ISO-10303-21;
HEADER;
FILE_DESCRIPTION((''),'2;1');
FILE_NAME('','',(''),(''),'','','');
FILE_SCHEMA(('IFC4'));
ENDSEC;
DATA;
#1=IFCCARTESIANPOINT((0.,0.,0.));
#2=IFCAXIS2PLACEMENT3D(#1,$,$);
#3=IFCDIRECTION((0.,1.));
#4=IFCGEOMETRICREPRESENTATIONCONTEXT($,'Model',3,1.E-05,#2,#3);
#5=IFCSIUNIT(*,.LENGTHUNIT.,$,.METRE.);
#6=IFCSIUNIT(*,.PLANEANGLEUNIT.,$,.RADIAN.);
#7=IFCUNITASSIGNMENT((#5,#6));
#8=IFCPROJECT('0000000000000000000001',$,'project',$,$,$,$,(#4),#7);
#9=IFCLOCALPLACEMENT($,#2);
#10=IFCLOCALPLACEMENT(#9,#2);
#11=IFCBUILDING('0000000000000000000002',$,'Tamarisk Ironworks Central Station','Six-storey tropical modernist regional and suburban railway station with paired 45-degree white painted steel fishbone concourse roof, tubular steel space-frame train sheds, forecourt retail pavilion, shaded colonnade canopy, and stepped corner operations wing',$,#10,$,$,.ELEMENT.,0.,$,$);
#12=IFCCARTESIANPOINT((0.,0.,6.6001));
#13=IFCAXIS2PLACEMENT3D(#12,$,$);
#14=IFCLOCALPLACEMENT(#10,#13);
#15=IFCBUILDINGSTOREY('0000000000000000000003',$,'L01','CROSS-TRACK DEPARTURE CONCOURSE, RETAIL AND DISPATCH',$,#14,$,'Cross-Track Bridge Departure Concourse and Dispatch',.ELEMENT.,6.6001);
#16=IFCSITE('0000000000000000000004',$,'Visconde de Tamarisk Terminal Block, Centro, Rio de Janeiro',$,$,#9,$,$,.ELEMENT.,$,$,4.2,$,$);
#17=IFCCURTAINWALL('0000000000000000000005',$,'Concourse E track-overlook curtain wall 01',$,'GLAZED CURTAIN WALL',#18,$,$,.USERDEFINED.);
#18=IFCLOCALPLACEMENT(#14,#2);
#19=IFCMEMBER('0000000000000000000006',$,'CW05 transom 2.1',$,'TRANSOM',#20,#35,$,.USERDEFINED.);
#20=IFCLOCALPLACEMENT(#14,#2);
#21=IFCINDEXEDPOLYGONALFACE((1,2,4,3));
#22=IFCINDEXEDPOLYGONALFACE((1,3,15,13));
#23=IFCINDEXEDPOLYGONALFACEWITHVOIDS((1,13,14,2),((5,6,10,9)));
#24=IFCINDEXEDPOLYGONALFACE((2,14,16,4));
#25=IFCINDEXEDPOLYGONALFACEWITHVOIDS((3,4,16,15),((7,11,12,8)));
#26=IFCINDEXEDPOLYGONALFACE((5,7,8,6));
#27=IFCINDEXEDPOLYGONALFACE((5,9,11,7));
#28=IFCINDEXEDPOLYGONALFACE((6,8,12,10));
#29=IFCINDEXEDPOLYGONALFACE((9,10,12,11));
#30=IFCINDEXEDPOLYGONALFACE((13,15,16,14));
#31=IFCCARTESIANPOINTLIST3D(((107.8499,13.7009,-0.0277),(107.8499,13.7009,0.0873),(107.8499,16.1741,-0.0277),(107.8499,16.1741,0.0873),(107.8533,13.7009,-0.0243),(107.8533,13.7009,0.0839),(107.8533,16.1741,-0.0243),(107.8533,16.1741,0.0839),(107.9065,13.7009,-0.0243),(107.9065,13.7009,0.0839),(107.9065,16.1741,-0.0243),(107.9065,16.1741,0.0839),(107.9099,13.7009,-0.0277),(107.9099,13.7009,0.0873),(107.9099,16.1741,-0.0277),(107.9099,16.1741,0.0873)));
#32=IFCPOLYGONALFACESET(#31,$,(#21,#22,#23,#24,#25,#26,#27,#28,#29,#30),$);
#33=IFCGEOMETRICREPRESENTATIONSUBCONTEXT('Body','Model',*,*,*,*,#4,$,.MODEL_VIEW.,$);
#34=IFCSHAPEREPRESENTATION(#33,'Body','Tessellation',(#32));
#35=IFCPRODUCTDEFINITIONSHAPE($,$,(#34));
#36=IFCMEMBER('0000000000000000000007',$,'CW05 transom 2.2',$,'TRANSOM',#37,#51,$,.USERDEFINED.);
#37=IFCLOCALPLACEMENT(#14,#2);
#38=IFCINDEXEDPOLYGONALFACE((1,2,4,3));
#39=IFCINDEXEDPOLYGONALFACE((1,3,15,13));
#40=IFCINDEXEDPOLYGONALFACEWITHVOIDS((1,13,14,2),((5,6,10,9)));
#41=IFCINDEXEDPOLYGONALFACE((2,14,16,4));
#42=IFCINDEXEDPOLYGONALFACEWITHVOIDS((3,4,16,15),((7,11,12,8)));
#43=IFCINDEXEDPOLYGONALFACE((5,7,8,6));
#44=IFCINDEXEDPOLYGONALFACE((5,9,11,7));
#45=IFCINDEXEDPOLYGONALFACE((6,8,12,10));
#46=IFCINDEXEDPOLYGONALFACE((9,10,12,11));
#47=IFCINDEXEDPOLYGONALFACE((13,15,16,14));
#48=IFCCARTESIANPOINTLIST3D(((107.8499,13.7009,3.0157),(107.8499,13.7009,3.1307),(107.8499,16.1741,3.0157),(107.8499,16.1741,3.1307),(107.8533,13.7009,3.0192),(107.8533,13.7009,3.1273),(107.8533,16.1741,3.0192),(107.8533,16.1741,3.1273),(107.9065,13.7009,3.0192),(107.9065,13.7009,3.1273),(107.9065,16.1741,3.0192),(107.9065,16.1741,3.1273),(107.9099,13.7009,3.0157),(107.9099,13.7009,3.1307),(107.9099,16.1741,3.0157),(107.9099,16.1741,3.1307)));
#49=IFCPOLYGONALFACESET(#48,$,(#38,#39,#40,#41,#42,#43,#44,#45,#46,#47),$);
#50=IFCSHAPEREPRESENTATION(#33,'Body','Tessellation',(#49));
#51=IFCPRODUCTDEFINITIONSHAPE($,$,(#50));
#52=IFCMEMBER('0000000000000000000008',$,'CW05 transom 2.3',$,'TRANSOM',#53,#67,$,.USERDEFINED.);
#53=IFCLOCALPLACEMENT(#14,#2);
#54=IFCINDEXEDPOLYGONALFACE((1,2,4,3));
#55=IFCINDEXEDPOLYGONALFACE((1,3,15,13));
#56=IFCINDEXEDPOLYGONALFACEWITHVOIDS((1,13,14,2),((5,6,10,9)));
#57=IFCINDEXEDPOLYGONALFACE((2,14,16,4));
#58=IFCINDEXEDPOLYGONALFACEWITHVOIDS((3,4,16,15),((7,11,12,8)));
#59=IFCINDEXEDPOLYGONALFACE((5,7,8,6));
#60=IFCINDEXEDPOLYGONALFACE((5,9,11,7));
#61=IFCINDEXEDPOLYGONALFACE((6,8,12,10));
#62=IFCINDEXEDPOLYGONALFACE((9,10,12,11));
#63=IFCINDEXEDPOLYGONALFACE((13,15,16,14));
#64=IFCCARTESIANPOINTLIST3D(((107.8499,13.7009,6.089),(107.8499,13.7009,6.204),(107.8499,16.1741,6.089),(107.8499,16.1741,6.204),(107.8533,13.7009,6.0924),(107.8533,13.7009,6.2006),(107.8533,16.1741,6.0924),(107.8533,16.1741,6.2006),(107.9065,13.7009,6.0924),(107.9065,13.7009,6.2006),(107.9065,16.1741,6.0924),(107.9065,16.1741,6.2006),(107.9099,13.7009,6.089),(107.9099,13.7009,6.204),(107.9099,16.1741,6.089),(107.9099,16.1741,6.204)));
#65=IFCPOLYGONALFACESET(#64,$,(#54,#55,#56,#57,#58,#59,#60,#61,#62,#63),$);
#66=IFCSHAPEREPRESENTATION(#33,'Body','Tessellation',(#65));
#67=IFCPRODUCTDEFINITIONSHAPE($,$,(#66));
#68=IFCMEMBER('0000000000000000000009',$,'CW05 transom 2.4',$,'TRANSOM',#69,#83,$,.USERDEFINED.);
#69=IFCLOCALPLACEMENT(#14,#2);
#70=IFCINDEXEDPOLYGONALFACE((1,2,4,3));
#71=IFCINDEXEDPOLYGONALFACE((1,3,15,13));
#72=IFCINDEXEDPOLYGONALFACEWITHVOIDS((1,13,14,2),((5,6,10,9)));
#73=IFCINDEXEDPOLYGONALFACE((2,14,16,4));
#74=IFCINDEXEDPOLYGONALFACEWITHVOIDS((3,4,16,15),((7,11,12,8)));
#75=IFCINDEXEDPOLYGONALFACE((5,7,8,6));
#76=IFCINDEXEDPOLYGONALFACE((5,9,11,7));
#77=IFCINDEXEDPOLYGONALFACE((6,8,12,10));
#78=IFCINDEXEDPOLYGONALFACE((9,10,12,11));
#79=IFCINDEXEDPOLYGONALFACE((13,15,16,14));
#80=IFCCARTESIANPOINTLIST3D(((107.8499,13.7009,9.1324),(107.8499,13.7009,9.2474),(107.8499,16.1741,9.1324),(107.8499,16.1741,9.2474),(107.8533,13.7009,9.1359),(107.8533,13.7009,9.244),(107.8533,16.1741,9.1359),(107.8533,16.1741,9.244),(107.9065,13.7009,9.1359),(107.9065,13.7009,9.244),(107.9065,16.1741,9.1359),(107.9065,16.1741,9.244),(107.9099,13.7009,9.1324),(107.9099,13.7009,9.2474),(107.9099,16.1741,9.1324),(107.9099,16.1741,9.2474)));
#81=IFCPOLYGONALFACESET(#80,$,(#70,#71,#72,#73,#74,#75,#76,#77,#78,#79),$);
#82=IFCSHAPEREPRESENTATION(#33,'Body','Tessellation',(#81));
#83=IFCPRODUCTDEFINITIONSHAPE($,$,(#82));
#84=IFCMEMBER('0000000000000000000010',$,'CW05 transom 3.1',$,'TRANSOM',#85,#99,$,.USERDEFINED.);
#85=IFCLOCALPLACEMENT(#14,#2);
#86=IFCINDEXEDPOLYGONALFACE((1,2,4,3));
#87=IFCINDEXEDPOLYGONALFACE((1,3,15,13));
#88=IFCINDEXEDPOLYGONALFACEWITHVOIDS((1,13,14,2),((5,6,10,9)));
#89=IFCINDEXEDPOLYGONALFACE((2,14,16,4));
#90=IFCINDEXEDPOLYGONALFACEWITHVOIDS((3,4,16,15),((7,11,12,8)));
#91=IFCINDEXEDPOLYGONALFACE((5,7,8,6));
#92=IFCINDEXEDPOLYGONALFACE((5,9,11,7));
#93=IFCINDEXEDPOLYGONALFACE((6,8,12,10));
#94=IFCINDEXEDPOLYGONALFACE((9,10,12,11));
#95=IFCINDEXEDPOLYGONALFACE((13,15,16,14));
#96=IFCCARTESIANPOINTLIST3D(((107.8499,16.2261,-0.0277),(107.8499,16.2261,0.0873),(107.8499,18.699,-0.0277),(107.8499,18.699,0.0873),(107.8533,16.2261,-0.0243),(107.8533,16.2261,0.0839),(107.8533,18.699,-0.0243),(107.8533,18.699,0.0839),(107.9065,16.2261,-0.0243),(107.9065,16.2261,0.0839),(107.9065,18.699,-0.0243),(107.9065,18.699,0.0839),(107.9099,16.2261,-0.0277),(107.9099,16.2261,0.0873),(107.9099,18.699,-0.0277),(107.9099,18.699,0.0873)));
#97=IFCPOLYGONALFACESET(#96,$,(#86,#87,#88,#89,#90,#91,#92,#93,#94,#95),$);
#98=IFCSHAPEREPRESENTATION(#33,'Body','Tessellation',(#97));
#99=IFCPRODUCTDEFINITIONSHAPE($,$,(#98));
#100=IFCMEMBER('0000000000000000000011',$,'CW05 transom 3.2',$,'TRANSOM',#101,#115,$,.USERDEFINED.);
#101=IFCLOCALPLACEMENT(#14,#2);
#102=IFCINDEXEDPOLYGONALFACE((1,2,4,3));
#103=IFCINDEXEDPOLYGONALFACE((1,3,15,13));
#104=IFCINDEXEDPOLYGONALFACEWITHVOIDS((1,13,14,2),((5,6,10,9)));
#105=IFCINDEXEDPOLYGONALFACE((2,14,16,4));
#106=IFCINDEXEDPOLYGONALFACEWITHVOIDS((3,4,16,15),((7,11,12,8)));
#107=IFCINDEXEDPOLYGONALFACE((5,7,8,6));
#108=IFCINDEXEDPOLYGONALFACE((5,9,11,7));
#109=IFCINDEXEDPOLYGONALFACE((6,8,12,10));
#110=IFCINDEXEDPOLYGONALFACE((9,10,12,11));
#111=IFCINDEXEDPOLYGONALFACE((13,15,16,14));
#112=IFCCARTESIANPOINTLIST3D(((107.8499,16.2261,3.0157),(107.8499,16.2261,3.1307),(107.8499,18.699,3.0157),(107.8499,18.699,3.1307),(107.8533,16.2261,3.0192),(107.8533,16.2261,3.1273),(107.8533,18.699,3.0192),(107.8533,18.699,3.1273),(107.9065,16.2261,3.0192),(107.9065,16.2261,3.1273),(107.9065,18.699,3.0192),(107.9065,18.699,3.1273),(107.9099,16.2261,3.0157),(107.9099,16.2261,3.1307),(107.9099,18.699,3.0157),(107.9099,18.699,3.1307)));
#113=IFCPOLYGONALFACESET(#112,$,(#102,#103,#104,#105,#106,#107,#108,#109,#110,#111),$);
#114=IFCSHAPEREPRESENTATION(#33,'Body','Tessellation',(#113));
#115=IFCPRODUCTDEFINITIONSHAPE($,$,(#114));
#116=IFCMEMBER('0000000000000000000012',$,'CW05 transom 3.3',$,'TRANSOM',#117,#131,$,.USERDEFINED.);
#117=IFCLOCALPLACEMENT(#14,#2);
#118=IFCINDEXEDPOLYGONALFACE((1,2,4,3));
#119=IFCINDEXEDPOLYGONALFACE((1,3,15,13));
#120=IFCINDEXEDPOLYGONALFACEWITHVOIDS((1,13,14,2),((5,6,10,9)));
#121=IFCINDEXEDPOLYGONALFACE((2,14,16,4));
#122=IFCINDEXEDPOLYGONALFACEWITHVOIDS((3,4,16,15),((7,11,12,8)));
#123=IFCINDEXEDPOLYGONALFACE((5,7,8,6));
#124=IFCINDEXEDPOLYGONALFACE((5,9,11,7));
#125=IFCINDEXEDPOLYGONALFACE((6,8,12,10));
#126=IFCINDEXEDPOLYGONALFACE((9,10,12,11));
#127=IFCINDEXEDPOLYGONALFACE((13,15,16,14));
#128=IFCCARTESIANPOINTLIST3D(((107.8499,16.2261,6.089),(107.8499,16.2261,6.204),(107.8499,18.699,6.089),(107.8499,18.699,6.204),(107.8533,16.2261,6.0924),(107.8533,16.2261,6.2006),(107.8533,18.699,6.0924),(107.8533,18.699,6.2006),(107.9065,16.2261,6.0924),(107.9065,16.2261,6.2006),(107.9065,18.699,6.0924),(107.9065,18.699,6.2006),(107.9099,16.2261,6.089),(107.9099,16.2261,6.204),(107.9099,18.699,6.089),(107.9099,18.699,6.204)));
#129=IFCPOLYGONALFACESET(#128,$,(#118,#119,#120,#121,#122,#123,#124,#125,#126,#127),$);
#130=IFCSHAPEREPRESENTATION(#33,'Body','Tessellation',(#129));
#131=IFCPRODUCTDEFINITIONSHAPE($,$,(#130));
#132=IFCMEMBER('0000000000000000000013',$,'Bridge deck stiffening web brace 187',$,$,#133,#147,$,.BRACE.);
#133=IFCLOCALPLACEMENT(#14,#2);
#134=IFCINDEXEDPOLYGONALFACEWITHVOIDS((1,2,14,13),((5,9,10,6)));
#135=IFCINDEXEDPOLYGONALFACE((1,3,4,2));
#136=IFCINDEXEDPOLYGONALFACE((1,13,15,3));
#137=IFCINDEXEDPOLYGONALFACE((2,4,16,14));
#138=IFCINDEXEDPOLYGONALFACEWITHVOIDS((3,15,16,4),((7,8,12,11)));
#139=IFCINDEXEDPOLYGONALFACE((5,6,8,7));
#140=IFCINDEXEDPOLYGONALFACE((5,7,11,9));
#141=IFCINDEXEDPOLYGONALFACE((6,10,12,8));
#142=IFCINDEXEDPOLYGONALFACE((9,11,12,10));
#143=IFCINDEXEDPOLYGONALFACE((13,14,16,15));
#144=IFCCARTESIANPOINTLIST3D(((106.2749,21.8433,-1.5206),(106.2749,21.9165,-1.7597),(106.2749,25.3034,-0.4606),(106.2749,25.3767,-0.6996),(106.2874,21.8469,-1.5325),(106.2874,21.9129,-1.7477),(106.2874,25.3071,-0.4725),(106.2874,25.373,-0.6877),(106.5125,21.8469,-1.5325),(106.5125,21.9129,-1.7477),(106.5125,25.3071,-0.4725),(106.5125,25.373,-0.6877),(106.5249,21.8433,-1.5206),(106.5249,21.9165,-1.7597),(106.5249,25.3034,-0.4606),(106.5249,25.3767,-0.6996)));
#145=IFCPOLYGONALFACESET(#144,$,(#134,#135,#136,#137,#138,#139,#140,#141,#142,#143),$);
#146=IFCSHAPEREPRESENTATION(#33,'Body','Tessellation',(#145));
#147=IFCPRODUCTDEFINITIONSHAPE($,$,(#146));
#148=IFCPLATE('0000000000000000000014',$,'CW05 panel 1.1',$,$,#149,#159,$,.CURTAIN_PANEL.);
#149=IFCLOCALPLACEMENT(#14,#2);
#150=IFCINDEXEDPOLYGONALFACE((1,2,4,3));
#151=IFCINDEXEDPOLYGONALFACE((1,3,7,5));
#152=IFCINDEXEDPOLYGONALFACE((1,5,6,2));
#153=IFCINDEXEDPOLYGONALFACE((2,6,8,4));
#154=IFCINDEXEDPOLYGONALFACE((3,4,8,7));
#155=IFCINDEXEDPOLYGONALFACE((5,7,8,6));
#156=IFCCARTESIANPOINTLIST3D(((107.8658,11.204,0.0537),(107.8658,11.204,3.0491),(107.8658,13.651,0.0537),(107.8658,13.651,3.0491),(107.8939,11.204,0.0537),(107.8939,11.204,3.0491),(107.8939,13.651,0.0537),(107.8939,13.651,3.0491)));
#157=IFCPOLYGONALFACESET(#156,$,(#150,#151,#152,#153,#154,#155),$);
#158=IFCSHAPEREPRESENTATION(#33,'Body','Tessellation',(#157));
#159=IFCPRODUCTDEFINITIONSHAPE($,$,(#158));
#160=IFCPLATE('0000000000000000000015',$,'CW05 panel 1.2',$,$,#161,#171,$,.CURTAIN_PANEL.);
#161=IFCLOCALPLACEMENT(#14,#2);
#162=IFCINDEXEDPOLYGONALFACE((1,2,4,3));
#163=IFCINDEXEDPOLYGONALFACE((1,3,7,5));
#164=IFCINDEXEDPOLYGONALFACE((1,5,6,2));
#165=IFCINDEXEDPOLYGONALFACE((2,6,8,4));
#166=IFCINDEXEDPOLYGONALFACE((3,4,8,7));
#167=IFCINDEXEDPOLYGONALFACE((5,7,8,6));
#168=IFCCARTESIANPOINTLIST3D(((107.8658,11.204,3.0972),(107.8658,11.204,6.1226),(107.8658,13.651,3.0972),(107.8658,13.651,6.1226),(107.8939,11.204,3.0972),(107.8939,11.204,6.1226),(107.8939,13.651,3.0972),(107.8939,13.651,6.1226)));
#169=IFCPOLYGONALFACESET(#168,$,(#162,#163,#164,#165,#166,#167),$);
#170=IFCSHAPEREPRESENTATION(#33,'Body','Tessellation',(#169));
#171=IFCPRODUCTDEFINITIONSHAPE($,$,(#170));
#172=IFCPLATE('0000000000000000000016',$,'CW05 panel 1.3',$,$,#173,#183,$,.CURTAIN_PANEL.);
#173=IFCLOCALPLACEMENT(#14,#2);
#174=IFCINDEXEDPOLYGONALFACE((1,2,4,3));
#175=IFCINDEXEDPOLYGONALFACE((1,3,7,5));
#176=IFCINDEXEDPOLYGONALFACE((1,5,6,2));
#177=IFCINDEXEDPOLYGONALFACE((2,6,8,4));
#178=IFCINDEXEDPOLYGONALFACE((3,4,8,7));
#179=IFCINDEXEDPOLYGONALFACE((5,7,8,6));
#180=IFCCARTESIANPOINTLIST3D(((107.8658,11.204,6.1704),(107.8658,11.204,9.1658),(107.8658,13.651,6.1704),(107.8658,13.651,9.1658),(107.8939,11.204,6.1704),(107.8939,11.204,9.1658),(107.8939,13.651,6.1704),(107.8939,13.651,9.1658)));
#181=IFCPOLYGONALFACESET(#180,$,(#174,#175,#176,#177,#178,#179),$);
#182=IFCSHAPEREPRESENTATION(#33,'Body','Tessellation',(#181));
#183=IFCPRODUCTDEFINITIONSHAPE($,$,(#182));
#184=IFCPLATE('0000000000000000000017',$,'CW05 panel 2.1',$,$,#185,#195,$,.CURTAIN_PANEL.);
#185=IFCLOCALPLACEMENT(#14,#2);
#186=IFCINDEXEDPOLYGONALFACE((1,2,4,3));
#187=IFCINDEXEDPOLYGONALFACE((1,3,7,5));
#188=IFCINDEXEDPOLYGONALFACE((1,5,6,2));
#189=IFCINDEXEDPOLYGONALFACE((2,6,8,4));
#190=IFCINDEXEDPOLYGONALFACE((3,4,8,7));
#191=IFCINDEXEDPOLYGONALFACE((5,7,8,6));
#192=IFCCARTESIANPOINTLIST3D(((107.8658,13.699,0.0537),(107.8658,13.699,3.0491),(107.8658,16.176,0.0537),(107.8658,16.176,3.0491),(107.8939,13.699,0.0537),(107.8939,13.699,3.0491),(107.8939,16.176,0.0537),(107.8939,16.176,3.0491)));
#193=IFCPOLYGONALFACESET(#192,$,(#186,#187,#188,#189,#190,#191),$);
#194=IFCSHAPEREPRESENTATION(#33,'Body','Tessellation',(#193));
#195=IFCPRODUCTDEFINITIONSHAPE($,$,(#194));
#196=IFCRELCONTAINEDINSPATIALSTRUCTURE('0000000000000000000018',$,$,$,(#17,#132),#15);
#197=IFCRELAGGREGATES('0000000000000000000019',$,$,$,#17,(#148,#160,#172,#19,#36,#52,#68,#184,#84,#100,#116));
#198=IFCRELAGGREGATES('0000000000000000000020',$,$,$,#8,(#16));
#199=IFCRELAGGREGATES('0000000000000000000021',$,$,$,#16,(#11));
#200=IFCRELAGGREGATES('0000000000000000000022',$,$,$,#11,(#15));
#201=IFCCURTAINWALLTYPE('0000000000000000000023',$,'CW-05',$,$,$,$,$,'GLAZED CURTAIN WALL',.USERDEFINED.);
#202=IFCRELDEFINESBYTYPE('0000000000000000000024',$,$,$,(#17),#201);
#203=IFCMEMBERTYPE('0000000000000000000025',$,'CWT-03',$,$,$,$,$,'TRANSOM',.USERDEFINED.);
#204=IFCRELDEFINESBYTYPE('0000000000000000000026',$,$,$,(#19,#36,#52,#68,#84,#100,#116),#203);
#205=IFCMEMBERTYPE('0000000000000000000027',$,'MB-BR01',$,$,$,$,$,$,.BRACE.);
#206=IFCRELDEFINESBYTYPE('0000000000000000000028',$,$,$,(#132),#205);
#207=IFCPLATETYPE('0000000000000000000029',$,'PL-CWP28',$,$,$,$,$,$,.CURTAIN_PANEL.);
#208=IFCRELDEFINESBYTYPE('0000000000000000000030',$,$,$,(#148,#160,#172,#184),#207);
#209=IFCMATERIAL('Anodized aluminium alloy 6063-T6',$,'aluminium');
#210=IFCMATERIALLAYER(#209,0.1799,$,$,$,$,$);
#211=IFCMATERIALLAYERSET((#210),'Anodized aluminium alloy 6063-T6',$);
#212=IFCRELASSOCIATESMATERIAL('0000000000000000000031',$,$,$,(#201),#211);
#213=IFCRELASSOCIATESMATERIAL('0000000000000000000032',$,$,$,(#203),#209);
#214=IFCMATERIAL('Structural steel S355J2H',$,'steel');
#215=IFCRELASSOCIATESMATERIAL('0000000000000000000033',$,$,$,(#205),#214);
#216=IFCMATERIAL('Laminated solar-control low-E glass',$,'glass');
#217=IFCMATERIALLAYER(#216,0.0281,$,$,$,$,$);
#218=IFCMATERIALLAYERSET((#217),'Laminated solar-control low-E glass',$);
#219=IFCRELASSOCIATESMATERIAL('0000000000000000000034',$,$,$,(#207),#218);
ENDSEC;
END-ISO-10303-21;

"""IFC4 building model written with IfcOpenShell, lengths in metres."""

from ifc_helpers import new_model, si_unit, direction, frame, origin, origin_2d, place, context, subcontext, project, spatial, rectangle, hollow_rectangle, extrude, material, layer, layer_set, material_profile, profile_set, type_object, element, aggregate, save


model = new_model("IFC4")

# Units and contexts
model_context = context("Model", 3, precision=1e-05, world=origin(), true_north=direction((0.0, 1.0)))
body_context = subcontext(model_context, "Body", "Model", "MODEL_VIEW")
ifc_project = project(units=[si_unit("LENGTHUNIT", "METRE"), si_unit("PLANEANGLEUNIT", "RADIAN")], contexts=[model_context])

# Site, building, storey
site_placement = place(None, origin())
site = spatial("IfcSite", under=ifc_project, at=site_placement, Name="Visconde de Tamarisk Terminal Block, Centro, Rio de Janeiro", CompositionType="ELEMENT", RefElevation=4.2)
building_placement = place(site_placement, origin())
building = spatial("IfcBuilding", under=site, at=building_placement, Name="Tamarisk Ironworks Central Station", Description="Six-storey tropical modernist regional and suburban railway station with paired 45-degree white painted steel fishbone concourse roof, tubular steel space-frame train sheds, forecourt retail pavilion, shaded colonnade canopy, and stepped corner operations wing", CompositionType="ELEMENT", ElevationOfRefHeight=0.0)
storey_placement = place(building_placement, frame((0.0, 0.0, 6.6001)))
storey = spatial("IfcBuildingStorey", under=building, at=storey_placement, Name="L01", Description="CROSS-TRACK DEPARTURE CONCOURSE, RETAIL AND DISPATCH", LongName="Cross-Track Bridge Departure Concourse and Dispatch", CompositionType="ELEMENT", Elevation=6.6001)

# Shared definitions
ifc_material_1 = material(Name="Anodized aluminium alloy 6063-T6", Category="aluminium")

# Curtain wall, members
ifc_layer_1 = layer(ifc_material_1, 0.1799)
ifc_layer_set_1 = layer_set([ifc_layer_1], Name="Anodized aluminium alloy 6063-T6")
curtain_wall_type_1 = type_object("IfcCurtainWallType", Name="CW-05", ElementType="GLAZED CURTAIN WALL", PredefinedType="USERDEFINED", material=ifc_layer_set_1)
curtain_wall_1_placement = place(storey_placement, origin())
curtain_wall_1 = element("IfcCurtainWall", 1, at=curtain_wall_1_placement, inside=storey, type_object=curtain_wall_type_1, Name="Concourse E track-overlook curtain wall 01", ObjectType="GLAZED CURTAIN WALL", PredefinedType="USERDEFINED")
ifc_material_profile_1 = material_profile(ifc_material_1, hollow_rectangle(XDim=0.0601, YDim=0.115, WallThickness=0.0034, at=origin_2d()), Name="ALUM 115x60")
ifc_profile_set_1 = profile_set([ifc_material_profile_1], Name="Anodized aluminium alloy 6063-T6")
member_type_1 = type_object("IfcMemberType", Name="CWT-03", ElementType="TRANSOM", PredefinedType="USERDEFINED", material=ifc_profile_set_1)
member_1_placement = place(storey_placement, frame((107.8799, 13.7009, 0.0298), z_axis=(0.0, 1.0, 0.0), x_axis=(-1.0, 0.0, 0.0)))
member_1 = element("IfcMember", 2, at=member_1_placement, type_object=member_type_1, Name="CW05 transom 2.1", ObjectType="TRANSOM", PredefinedType="USERDEFINED", context=body_context, shape_type="SweptSolid", body=[
    extrude(hollow_rectangle(XDim=0.0601, YDim=0.115, WallThickness=0.0034, at=origin_2d()), origin(), (0.0, 0.0, 1.0), 2.4731),
])
member_2_placement = place(storey_placement, frame((107.8799, 13.7009, 3.0732), z_axis=(0.0, 1.0, 0.0), x_axis=(-1.0, 0.0, 0.0)))
member_2 = element("IfcMember", 3, at=member_2_placement, type_object=member_type_1, Name="CW05 transom 2.2", ObjectType="TRANSOM", PredefinedType="USERDEFINED", context=body_context, shape_type="SweptSolid", body=[
    extrude(hollow_rectangle(XDim=0.0601, YDim=0.115, WallThickness=0.0034, at=origin_2d()), origin(), (0.0, 0.0, 1.0), 2.4731),
])
member_3_placement = place(storey_placement, frame((107.8799, 13.7009, 6.1465), z_axis=(0.0, 1.0, 0.0), x_axis=(-1.0, 0.0, 0.0)))
member_3 = element("IfcMember", 4, at=member_3_placement, type_object=member_type_1, Name="CW05 transom 2.3", ObjectType="TRANSOM", PredefinedType="USERDEFINED", context=body_context, shape_type="SweptSolid", body=[
    extrude(hollow_rectangle(XDim=0.0601, YDim=0.115, WallThickness=0.0034, at=origin_2d()), origin(), (0.0, 0.0, 1.0), 2.4731),
])
member_4_placement = place(storey_placement, frame((107.8799, 13.7009, 9.1899), z_axis=(0.0, 1.0, 0.0), x_axis=(-1.0, 0.0, 0.0)))
member_4 = element("IfcMember", 5, at=member_4_placement, type_object=member_type_1, Name="CW05 transom 2.4", ObjectType="TRANSOM", PredefinedType="USERDEFINED", context=body_context, shape_type="SweptSolid", body=[
    extrude(hollow_rectangle(XDim=0.0601, YDim=0.115, WallThickness=0.0034, at=origin_2d()), origin(), (0.0, 0.0, 1.0), 2.4731),
])
member_5_placement = place(storey_placement, frame((107.8799, 16.2261, 0.0298), z_axis=(0.0, 1.0, 0.0), x_axis=(-1.0, 0.0, 0.0)))
member_5 = element("IfcMember", 6, at=member_5_placement, type_object=member_type_1, Name="CW05 transom 3.1", ObjectType="TRANSOM", PredefinedType="USERDEFINED", context=body_context, shape_type="SweptSolid", body=[
    extrude(hollow_rectangle(XDim=0.0601, YDim=0.115, WallThickness=0.0034, at=origin_2d()), origin(), (0.0, 0.0, 1.0), 2.4729),
])
member_6_placement = place(storey_placement, frame((107.8799, 16.2261, 3.0732), z_axis=(0.0, 1.0, 0.0), x_axis=(-1.0, 0.0, 0.0)))
member_6 = element("IfcMember", 7, at=member_6_placement, type_object=member_type_1, Name="CW05 transom 3.2", ObjectType="TRANSOM", PredefinedType="USERDEFINED", context=body_context, shape_type="SweptSolid", body=[
    extrude(hollow_rectangle(XDim=0.0601, YDim=0.115, WallThickness=0.0034, at=origin_2d()), origin(), (0.0, 0.0, 1.0), 2.4729),
])
member_7_placement = place(storey_placement, frame((107.8799, 16.2261, 6.1465), z_axis=(0.0, 1.0, 0.0), x_axis=(-1.0, 0.0, 0.0)))
member_7 = element("IfcMember", 8, at=member_7_placement, type_object=member_type_1, Name="CW05 transom 3.3", ObjectType="TRANSOM", PredefinedType="USERDEFINED", context=body_context, shape_type="SweptSolid", body=[
    extrude(hollow_rectangle(XDim=0.0601, YDim=0.115, WallThickness=0.0034, at=origin_2d()), origin(), (0.0, 0.0, 1.0), 2.4729),
])

# Member
ifc_material_2 = material(Name="Structural steel S355J2H", Category="steel")
ifc_material_profile_2 = material_profile(ifc_material_2, hollow_rectangle(XDim=0.25, YDim=0.25, WallThickness=0.0125, at=origin_2d()), Name="SHS 250x250x12.5")
ifc_profile_set_2 = profile_set([ifc_material_profile_2], Name="Structural steel S355J2H")
member_type_2 = type_object("IfcMemberType", Name="MB-BR01", PredefinedType="BRACE", material=ifc_profile_set_2)
member_8_placement = place(storey_placement, frame((106.3999, 21.8799, -1.6401), z_axis=(0.0, 0.956137, 0.292919), x_axis=(-1.0, 0.0, 0.0)))
element("IfcMember", 9, at=member_8_placement, inside=storey, type_object=member_type_2, Name="Bridge deck stiffening web brace 187", PredefinedType="BRACE", context=body_context, shape_type="SweptSolid", body=[
    extrude(hollow_rectangle(XDim=0.25, YDim=0.25, WallThickness=0.0125, at=origin_2d()), origin(), (0.0, 0.0, 1.0), 3.6189),
])

# Plates
ifc_material_3 = material(Name="Laminated solar-control low-E glass", Category="glass")
ifc_layer_2 = layer(ifc_material_3, 0.0281)
ifc_layer_set_2 = layer_set([ifc_layer_2], Name="Laminated solar-control low-E glass")
plate_type_1 = type_object("IfcPlateType", Name="PL-CWP28", PredefinedType="CURTAIN_PANEL", material=ifc_layer_set_2)
plate_1_placement = place(storey_placement, frame((107.8799, 12.4275, 0.0537), z_axis=(0.0, 0.0, 1.0), x_axis=(0.0, 1.0, 0.0)))
plate_1 = element("IfcPlate", 10, at=plate_1_placement, type_object=plate_type_1, Name="CW05 panel 1.1", PredefinedType="CURTAIN_PANEL", context=body_context, shape_type="SweptSolid", body=[
    extrude(rectangle(XDim=2.447, YDim=0.0281, at=origin_2d()), origin(), (0.0, 0.0, 1.0), 2.9954),
])
plate_2_placement = place(storey_placement, frame((107.8799, 12.4275, 3.0972), z_axis=(0.0, 0.0, 1.0), x_axis=(0.0, 1.0, 0.0)))
plate_2 = element("IfcPlate", 11, at=plate_2_placement, type_object=plate_type_1, Name="CW05 panel 1.2", PredefinedType="CURTAIN_PANEL", context=body_context, shape_type="SweptSolid", body=[
    extrude(rectangle(XDim=2.447, YDim=0.0281, at=origin_2d()), origin(), (0.0, 0.0, 1.0), 3.0254),
])
plate_3_placement = place(storey_placement, frame((107.8799, 12.4275, 6.1704), z_axis=(0.0, 0.0, 1.0), x_axis=(0.0, 1.0, 0.0)))
plate_3 = element("IfcPlate", 12, at=plate_3_placement, type_object=plate_type_1, Name="CW05 panel 1.3", PredefinedType="CURTAIN_PANEL", context=body_context, shape_type="SweptSolid", body=[
    extrude(rectangle(XDim=2.447, YDim=0.0281, at=origin_2d()), origin(), (0.0, 0.0, 1.0), 2.9954),
])
plate_4_placement = place(storey_placement, frame((107.8799, 14.9375, 0.0537), z_axis=(0.0, 0.0, 1.0), x_axis=(0.0, 1.0, 0.0)))
plate_4 = element("IfcPlate", 13, at=plate_4_placement, type_object=plate_type_1, Name="CW05 panel 2.1", PredefinedType="CURTAIN_PANEL", context=body_context, shape_type="SweptSolid", body=[
    extrude(rectangle(XDim=2.4771, YDim=0.0281, at=origin_2d()), origin(), (0.0, 0.0, 1.0), 2.9954),
])
aggregate(curtain_wall_1, [plate_1, plate_2, plate_3, member_1, member_2, member_3, member_4, plate_4, member_5, member_6, member_7])

save(model, "model.ifc")
